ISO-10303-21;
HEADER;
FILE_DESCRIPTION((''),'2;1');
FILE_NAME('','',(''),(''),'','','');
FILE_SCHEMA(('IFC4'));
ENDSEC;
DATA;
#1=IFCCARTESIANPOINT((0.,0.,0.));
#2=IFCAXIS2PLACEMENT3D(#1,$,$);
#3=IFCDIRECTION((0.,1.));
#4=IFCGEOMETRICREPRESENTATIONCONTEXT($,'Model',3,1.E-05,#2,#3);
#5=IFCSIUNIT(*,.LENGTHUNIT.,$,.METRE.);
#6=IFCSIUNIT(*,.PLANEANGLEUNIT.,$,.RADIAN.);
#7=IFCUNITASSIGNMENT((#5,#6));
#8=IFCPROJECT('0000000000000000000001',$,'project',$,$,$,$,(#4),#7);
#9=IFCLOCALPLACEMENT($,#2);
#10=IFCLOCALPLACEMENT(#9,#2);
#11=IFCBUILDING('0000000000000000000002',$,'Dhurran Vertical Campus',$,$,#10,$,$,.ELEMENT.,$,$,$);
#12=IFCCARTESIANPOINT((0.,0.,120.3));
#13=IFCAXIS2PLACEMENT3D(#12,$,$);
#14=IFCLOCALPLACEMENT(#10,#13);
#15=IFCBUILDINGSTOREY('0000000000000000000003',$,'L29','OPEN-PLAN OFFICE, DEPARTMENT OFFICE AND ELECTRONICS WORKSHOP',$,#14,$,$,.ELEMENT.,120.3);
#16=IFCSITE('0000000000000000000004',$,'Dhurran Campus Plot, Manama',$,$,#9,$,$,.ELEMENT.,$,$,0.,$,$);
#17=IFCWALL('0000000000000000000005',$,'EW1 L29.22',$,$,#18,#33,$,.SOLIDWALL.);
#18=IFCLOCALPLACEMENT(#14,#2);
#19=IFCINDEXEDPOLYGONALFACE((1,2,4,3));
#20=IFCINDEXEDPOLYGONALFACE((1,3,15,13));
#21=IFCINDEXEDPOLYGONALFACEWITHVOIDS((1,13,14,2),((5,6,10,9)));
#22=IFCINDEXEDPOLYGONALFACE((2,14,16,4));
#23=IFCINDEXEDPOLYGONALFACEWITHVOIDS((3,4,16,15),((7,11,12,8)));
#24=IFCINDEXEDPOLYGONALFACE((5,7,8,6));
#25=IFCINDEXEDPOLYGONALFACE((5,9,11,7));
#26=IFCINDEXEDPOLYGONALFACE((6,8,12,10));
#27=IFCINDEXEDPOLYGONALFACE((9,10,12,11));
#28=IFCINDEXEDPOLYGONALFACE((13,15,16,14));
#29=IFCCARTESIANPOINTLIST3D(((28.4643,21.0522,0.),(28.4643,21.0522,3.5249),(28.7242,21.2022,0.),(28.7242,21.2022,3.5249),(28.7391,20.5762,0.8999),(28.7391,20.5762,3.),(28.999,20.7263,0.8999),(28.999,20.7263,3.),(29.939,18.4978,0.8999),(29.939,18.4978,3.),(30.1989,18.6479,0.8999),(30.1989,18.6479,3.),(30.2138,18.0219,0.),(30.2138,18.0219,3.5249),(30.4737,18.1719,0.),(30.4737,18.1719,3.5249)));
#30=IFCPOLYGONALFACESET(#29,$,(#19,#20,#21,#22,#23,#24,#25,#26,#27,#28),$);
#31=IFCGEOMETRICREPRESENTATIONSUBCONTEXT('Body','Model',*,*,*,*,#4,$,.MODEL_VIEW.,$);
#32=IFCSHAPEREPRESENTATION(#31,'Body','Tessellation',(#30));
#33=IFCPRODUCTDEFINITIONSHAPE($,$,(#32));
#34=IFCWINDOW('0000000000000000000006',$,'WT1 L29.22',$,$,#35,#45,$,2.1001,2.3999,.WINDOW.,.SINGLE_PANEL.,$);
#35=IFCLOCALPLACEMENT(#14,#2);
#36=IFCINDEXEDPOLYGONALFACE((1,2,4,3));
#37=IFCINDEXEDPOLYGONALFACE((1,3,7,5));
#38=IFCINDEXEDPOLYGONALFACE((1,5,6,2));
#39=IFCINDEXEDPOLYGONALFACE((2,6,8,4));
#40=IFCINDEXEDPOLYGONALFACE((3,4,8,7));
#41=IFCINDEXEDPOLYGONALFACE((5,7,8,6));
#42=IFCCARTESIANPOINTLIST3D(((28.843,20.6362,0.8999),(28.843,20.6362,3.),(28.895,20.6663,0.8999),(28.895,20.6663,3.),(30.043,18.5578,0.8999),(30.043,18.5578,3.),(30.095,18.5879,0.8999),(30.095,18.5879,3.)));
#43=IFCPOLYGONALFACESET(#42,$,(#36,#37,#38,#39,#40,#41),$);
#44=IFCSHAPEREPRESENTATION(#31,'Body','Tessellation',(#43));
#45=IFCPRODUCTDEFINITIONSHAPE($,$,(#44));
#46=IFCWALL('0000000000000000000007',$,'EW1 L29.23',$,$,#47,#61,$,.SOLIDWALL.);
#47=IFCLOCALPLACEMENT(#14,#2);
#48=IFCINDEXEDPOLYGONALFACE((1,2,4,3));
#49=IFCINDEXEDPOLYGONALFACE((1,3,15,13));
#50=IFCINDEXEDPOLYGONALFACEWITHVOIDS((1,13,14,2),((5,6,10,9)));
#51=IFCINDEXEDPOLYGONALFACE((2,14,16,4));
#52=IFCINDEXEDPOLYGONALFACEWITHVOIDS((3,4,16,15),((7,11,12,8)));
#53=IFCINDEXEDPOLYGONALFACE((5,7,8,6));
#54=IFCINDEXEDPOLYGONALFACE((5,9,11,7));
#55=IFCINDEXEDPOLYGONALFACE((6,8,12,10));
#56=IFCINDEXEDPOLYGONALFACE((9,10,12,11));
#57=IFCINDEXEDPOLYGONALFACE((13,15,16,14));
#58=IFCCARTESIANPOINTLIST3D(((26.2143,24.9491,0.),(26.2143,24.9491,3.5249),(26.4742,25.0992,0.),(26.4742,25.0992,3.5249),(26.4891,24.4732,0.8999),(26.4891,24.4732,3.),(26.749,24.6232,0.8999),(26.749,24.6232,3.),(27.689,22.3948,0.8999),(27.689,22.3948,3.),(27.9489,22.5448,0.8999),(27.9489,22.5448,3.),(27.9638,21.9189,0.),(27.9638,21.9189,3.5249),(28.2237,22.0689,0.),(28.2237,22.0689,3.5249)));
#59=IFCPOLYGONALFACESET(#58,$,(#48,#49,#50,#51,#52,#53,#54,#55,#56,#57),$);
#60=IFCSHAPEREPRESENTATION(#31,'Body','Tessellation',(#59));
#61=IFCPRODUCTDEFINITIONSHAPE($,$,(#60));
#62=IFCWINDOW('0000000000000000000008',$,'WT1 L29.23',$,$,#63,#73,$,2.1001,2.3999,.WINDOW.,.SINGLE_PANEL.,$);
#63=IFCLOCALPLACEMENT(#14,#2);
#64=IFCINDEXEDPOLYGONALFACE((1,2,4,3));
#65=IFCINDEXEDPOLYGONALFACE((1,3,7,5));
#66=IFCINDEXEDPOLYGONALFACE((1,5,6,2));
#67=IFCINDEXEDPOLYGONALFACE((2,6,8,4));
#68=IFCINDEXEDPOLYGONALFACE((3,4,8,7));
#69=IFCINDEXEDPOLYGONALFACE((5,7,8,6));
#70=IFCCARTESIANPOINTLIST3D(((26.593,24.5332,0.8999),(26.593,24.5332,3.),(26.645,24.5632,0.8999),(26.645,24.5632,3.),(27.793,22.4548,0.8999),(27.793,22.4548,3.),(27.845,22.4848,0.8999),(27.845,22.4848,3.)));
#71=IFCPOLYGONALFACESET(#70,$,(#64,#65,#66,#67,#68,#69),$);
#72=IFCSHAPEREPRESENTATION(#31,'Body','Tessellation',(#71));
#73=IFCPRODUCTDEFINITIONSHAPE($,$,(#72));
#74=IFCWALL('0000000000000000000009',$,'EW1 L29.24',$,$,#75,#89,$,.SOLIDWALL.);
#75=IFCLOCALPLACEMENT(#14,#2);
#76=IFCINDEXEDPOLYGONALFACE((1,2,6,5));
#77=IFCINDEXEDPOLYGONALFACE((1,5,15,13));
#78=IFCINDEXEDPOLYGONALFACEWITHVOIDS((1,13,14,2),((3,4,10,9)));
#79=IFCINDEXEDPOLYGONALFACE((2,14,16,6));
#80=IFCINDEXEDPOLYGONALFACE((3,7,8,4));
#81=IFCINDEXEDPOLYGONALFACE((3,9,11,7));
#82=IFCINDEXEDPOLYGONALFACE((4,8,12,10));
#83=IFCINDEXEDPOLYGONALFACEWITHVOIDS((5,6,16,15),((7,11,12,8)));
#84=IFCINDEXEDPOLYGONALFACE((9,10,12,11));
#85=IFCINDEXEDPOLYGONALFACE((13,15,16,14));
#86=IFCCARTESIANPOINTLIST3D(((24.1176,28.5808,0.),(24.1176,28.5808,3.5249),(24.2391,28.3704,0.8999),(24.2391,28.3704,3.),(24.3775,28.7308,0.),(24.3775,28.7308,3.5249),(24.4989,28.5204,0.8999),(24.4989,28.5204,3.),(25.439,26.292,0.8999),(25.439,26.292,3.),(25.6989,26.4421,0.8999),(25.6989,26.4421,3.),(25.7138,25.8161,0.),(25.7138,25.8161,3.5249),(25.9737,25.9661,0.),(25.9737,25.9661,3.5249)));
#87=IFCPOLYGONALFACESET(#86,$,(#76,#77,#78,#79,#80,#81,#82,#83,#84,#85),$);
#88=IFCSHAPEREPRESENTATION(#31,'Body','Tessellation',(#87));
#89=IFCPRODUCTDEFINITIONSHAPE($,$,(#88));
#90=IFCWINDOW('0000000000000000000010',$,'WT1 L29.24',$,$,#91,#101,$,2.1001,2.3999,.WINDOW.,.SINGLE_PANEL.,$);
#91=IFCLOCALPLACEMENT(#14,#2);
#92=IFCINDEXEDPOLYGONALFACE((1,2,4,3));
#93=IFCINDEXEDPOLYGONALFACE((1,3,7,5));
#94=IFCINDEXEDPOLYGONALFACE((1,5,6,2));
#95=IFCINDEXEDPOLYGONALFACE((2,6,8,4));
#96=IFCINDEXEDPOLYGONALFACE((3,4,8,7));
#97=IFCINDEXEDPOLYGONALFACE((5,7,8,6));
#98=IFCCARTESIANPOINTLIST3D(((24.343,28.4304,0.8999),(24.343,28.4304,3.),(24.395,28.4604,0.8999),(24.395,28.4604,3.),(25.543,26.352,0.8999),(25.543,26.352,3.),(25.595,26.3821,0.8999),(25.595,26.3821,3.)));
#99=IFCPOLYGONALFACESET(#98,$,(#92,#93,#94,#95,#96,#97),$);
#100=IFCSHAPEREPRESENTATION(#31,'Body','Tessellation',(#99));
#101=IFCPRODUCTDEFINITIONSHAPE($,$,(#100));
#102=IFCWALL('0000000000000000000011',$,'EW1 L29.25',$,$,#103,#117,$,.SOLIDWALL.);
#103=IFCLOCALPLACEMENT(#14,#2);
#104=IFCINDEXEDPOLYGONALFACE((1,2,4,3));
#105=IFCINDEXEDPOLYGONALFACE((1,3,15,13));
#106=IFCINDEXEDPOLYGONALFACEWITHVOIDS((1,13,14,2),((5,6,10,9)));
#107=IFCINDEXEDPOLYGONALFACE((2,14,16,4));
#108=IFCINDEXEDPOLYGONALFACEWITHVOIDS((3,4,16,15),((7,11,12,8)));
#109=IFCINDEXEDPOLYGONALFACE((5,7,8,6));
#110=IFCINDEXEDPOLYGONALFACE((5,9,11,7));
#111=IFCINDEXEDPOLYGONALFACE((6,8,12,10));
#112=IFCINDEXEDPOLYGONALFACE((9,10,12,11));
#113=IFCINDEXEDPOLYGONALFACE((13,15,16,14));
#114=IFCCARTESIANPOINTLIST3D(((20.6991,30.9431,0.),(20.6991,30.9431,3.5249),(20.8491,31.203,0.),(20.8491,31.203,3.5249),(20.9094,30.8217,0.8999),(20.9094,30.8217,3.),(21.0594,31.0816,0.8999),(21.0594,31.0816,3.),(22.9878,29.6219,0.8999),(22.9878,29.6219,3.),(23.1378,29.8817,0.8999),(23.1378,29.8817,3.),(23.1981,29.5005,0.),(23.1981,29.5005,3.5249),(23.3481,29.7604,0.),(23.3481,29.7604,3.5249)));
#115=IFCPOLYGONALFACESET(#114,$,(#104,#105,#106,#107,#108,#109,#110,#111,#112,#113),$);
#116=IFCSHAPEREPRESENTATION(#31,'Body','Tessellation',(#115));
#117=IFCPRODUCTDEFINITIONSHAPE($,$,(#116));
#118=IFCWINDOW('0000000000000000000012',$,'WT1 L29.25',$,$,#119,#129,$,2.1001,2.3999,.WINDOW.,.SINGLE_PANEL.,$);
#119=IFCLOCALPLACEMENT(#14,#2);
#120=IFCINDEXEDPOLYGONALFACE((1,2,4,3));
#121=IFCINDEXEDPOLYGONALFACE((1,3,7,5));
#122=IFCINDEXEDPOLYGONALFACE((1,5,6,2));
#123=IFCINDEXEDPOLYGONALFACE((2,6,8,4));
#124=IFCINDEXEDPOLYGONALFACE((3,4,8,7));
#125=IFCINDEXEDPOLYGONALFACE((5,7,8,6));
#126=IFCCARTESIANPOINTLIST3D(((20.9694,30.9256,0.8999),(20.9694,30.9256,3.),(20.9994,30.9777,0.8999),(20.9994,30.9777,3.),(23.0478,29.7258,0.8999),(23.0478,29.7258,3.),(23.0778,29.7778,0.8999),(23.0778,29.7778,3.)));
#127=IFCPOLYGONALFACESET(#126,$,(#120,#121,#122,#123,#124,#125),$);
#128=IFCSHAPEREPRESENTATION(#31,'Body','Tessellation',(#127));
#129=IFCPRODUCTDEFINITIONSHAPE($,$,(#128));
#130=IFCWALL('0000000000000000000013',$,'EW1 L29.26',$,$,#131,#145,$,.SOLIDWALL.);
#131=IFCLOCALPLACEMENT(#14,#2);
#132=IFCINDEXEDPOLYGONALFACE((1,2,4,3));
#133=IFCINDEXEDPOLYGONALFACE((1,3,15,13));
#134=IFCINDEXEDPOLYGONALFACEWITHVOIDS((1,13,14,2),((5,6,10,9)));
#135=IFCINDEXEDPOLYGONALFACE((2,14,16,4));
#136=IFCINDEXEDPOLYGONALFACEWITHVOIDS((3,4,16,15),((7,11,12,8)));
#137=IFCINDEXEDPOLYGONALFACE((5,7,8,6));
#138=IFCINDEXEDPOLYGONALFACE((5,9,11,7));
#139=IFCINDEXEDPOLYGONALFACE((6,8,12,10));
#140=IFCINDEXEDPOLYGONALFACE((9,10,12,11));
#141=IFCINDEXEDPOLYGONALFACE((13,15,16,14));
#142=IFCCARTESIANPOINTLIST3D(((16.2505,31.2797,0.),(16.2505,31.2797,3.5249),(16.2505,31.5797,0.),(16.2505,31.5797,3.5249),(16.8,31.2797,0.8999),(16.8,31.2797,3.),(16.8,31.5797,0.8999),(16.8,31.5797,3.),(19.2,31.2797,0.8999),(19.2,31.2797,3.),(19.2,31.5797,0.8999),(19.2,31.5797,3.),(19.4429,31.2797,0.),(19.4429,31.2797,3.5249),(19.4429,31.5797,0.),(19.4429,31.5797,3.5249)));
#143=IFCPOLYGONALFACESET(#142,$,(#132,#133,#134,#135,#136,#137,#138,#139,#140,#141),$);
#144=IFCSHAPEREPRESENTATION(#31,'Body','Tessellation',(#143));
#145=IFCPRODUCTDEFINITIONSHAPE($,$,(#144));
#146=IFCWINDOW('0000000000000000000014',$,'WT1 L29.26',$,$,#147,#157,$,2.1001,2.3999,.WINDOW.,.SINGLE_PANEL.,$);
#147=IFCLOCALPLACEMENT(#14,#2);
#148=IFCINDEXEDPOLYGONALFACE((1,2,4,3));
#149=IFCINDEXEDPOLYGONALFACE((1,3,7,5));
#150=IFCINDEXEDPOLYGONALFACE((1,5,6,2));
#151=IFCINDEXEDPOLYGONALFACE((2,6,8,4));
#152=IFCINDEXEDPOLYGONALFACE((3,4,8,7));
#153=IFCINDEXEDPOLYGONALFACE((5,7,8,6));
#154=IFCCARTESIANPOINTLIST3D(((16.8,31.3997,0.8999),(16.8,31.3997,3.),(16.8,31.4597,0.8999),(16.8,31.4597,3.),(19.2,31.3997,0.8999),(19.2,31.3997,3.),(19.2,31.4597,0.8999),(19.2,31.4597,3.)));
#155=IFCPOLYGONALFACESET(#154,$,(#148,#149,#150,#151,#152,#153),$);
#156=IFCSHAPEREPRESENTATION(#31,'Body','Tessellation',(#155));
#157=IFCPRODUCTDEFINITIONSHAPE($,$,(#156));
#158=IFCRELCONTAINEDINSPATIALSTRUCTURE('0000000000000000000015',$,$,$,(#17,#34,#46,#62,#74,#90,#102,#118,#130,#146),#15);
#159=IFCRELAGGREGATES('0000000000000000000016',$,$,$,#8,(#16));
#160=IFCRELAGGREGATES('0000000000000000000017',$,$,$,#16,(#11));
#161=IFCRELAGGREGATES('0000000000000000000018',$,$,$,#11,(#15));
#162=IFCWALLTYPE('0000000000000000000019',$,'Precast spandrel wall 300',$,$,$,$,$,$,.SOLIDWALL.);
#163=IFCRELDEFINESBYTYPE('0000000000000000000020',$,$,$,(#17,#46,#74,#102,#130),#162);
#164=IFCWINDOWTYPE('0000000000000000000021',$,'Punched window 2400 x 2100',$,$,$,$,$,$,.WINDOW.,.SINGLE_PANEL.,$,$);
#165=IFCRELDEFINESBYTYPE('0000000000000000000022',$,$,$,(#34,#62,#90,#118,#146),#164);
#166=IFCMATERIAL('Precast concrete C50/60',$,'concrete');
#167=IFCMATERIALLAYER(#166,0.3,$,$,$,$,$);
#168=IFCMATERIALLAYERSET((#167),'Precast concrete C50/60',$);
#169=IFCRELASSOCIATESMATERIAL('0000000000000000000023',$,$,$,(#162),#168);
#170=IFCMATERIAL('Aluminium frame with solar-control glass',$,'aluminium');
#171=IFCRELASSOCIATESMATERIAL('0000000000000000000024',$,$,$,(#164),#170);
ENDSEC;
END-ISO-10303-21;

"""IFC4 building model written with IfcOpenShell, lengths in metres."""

from ifc_helpers import new_model, si_unit, direction, frame, frame_2d, origin, place, context, subcontext, project, spatial, rectangle, extrude, material, layer, layer_set, type_object, element, fill, save


model = new_model("IFC4")

# Units and contexts
model_context = context("Model", 3, precision=1e-05, world=origin(), true_north=direction((0.0, 1.0)))
body_context = subcontext(model_context, "Body", "Model", "MODEL_VIEW")
ifc_project = project(units=[si_unit("LENGTHUNIT", "METRE"), si_unit("PLANEANGLEUNIT", "RADIAN")], contexts=[model_context])

# Site, building, storey
site_placement = place(None, origin())
site = spatial("IfcSite", under=ifc_project, at=site_placement, Name="Dhurran Campus Plot, Manama", CompositionType="ELEMENT", RefElevation=0.0)
building_placement = place(site_placement, origin())
building = spatial("IfcBuilding", under=site, at=building_placement, Name="Dhurran Vertical Campus", CompositionType="ELEMENT")
storey_placement = place(building_placement, frame((0.0, 0.0, 120.3)))
storey = spatial("IfcBuildingStorey", under=building, at=storey_placement, Name="L29", Description="OPEN-PLAN OFFICE, DEPARTMENT OFFICE AND ELECTRONICS WORKSHOP", CompositionType="ELEMENT", Elevation=120.3)

# Walls, openings, windows
ifc_material_1 = material(Name="Precast concrete C50/60", Category="concrete")
ifc_layer_1 = layer(ifc_material_1, 0.3)
ifc_layer_set_1 = layer_set([ifc_layer_1], Name="Precast concrete C50/60")
wall_type_1 = type_object("IfcWallType", Name="Precast spandrel wall 300", PredefinedType="SOLIDWALL", material=ifc_layer_set_1)
ifc_material_2 = material(Name="Aluminium frame with solar-control glass", Category="aluminium")
window_type = type_object("IfcWindowType", Name="Punched window 2400 x 2100", PartitioningType="SINGLE_PANEL", PredefinedType="WINDOW", material=ifc_material_2)
wall_1_placement = place(storey_placement, frame((30.3438, 18.0969, 0.0), z_axis=(0.0, 0.0, 1.0), x_axis=(-0.499996, 0.866028, 0.0)))
wall_1 = element("IfcWall", 1, at=wall_1_placement, inside=storey, type_object=wall_type_1, Name="EW1 L29.22", PredefinedType="SOLIDWALL", context=body_context, shape_type="SweptSolid", body=[
    extrude(rectangle(XDim=3.499, YDim=0.3, at=frame_2d((1.7495, 0.0))), origin(), (0.0, 0.0, 1.0), 3.5249),
])
opening_1_placement = place(wall_1_placement, frame((0.5496, 0.0, 0.8999)))
opening_1 = element("IfcOpeningElement", 2, at=opening_1_placement, cuts=wall_1, PredefinedType="OPENING", context=body_context, shape_type="SweptSolid", body=[
    extrude(rectangle(XDim=2.3999, YDim=2.1001, at=frame_2d((1.2, 1.05))), frame((0.0, 0.1599, 0.0), z_axis=(0.0, -1.0, 0.0), x_axis=(1.0, 0.0, 0.0)), (0.0, 0.0, 1.0), 0.3201),
])
window_1_placement = place(opening_1_placement, origin())
window_1 = element("IfcWindow", 3, at=window_1_placement, inside=storey, type_object=window_type, Name="WT1 L29.22", OverallHeight=2.1001, OverallWidth=2.3999, PartitioningType="SINGLE_PANEL", PredefinedType="WINDOW", context=body_context, shape_type="SweptSolid", body=[
    extrude(rectangle(XDim=2.3999, YDim=2.1001, at=frame_2d((1.2, 1.05))), frame((0.0, 0.03, 0.0), z_axis=(0.0, -1.0, 0.0), x_axis=(1.0, 0.0, 0.0)), (0.0, 0.0, 1.0), 0.0601),
])
fill(opening_1, window_1)
wall_2_placement = place(storey_placement, frame((28.0938, 21.9939, 0.0), z_axis=(0.0, 0.0, 1.0), x_axis=(-0.499996, 0.866028, 0.0)))
wall_2 = element("IfcWall", 4, at=wall_2_placement, inside=storey, type_object=wall_type_1, Name="EW1 L29.23", PredefinedType="SOLIDWALL", context=body_context, shape_type="SweptSolid", body=[
    extrude(rectangle(XDim=3.499, YDim=0.3, at=frame_2d((1.7495, 0.0))), origin(), (0.0, 0.0, 1.0), 3.5249),
])
opening_2_placement = place(wall_2_placement, frame((0.5496, 0.0, 0.8999)))
opening_2 = element("IfcOpeningElement", 5, at=opening_2_placement, cuts=wall_2, PredefinedType="OPENING", context=body_context, shape_type="SweptSolid", body=[
    extrude(rectangle(XDim=2.3999, YDim=2.1001, at=frame_2d((1.2, 1.05))), frame((0.0, 0.1599, 0.0), z_axis=(0.0, -1.0, 0.0), x_axis=(1.0, 0.0, 0.0)), (0.0, 0.0, 1.0), 0.3201),
])
window_2_placement = place(opening_2_placement, origin())
window_2 = element("IfcWindow", 6, at=window_2_placement, inside=storey, type_object=window_type, Name="WT1 L29.23", OverallHeight=2.1001, OverallWidth=2.3999, PartitioningType="SINGLE_PANEL", PredefinedType="WINDOW", context=body_context, shape_type="SweptSolid", body=[
    extrude(rectangle(XDim=2.3999, YDim=2.1001, at=frame_2d((1.2, 1.05))), frame((0.0, 0.03, 0.0), z_axis=(0.0, -1.0, 0.0), x_axis=(1.0, 0.0, 0.0)), (0.0, 0.0, 1.0), 0.0601),
])
fill(opening_2, window_2)
wall_3_placement = place(storey_placement, frame((25.8438, 25.8911, 0.0), z_axis=(0.0, 0.0, 1.0), x_axis=(-0.500005, 0.866023, 0.0)))
wall_3 = element("IfcWall", 7, at=wall_3_placement, inside=storey, type_object=wall_type_1, Name="EW1 L29.24", PredefinedType="SOLIDWALL", context=body_context, shape_type="SweptSolid", body=[
    extrude(rectangle(XDim=3.1924, YDim=0.3, at=frame_2d((1.5962, 0.0))), origin(), (0.0, 0.0, 1.0), 3.5249),
])
opening_3_placement = place(wall_3_placement, frame((0.5496, 0.0, 0.8999)))
opening_3 = element("IfcOpeningElement", 8, at=opening_3_placement, cuts=wall_3, PredefinedType="OPENING", context=body_context, shape_type="SweptSolid", body=[
    extrude(rectangle(XDim=2.3999, YDim=2.1001, at=frame_2d((1.2, 1.05))), frame((0.0, 0.1599, 0.0), z_axis=(0.0, -1.0, 0.0), x_axis=(1.0, 0.0, 0.0)), (0.0, 0.0, 1.0), 0.3201),
])
window_3_placement = place(opening_3_placement, origin())
window_3 = element("IfcWindow", 9, at=window_3_placement, inside=storey, type_object=window_type, Name="WT1 L29.24", OverallHeight=2.1001, OverallWidth=2.3999, PartitioningType="SINGLE_PANEL", PredefinedType="WINDOW", context=body_context, shape_type="SweptSolid", body=[
    extrude(rectangle(XDim=2.3999, YDim=2.1001, at=frame_2d((1.2, 1.05))), frame((0.0, 0.03, 0.0), z_axis=(0.0, -1.0, 0.0), x_axis=(1.0, 0.0, 0.0)), (0.0, 0.0, 1.0), 0.0601),
])
fill(opening_3, window_3)
wall_4_placement = place(storey_placement, frame((23.2732, 29.6304, 0.0), z_axis=(0.0, 0.0, 1.0), x_axis=(-0.866053, 0.499952, 0.0)))
wall_4 = element("IfcWall", 10, at=wall_4_placement, inside=storey, type_object=wall_type_1, Name="EW1 L29.25", PredefinedType="SOLIDWALL", context=body_context, shape_type="SweptSolid", body=[
    extrude(rectangle(XDim=2.8855, YDim=0.3, at=frame_2d((1.4429, 0.0))), origin(), (0.0, 0.0, 1.0), 3.5249),
])
opening_4_placement = place(wall_4_placement, frame((0.2429, 0.0, 0.8999)))
opening_4 = element("IfcOpeningElement", 11, at=opening_4_placement, cuts=wall_4, PredefinedType="OPENING", context=body_context, shape_type="SweptSolid", body=[
    extrude(rectangle(XDim=2.3999, YDim=2.1001, at=frame_2d((1.2, 1.05))), frame((0.0, 0.1599, 0.0), z_axis=(0.0, -1.0, 0.0), x_axis=(1.0, 0.0, 0.0)), (0.0, 0.0, 1.0), 0.3201),
])
window_4_placement = place(opening_4_placement, origin())
window_4 = element("IfcWindow", 12, at=window_4_placement, inside=storey, type_object=window_type, Name="WT1 L29.25", OverallHeight=2.1001, OverallWidth=2.3999, PartitioningType="SINGLE_PANEL", PredefinedType="WINDOW", context=body_context, shape_type="SweptSolid", body=[
    extrude(rectangle(XDim=2.3999, YDim=2.1001, at=frame_2d((1.2, 1.05))), frame((0.0, 0.03, 0.0), z_axis=(0.0, -1.0, 0.0), x_axis=(1.0, 0.0, 0.0)), (0.0, 0.0, 1.0), 0.0601),
])
fill(opening_4, window_4)
wall_5_placement = place(storey_placement, frame((19.4429, 31.4297, 0.0), z_axis=(0.0, 0.0, 1.0), x_axis=(-1.0, 0.0, 0.0)))
wall_5 = element("IfcWall", 13, at=wall_5_placement, inside=storey, type_object=wall_type_1, Name="EW1 L29.26", PredefinedType="SOLIDWALL", context=body_context, shape_type="SweptSolid", body=[
    extrude(rectangle(XDim=3.1924, YDim=0.3, at=frame_2d((1.5962, 0.0))), origin(), (0.0, 0.0, 1.0), 3.5249),
])
opening_5_placement = place(wall_5_placement, frame((0.2429, 0.0, 0.8999)))
opening_5 = element("IfcOpeningElement", 14, at=opening_5_placement, cuts=wall_5, PredefinedType="OPENING", context=body_context, shape_type="SweptSolid", body=[
    extrude(rectangle(XDim=2.3999, YDim=2.1001, at=frame_2d((1.2, 1.05))), frame((0.0, 0.1599, 0.0), z_axis=(0.0, -1.0, 0.0), x_axis=(1.0, 0.0, 0.0)), (0.0, 0.0, 1.0), 0.3201),
])
window_5_placement = place(opening_5_placement, origin())
window_5 = element("IfcWindow", 15, at=window_5_placement, inside=storey, type_object=window_type, Name="WT1 L29.26", OverallHeight=2.1001, OverallWidth=2.3999, PartitioningType="SINGLE_PANEL", PredefinedType="WINDOW", context=body_context, shape_type="SweptSolid", body=[
    extrude(rectangle(XDim=2.3999, YDim=2.1001, at=frame_2d((1.2, 1.05))), frame((0.0, 0.03, 0.0), z_axis=(0.0, -1.0, 0.0), x_axis=(1.0, 0.0, 0.0)), (0.0, 0.0, 1.0), 0.0601),
])
fill(opening_5, window_5)

save(model, "model.ifc")
